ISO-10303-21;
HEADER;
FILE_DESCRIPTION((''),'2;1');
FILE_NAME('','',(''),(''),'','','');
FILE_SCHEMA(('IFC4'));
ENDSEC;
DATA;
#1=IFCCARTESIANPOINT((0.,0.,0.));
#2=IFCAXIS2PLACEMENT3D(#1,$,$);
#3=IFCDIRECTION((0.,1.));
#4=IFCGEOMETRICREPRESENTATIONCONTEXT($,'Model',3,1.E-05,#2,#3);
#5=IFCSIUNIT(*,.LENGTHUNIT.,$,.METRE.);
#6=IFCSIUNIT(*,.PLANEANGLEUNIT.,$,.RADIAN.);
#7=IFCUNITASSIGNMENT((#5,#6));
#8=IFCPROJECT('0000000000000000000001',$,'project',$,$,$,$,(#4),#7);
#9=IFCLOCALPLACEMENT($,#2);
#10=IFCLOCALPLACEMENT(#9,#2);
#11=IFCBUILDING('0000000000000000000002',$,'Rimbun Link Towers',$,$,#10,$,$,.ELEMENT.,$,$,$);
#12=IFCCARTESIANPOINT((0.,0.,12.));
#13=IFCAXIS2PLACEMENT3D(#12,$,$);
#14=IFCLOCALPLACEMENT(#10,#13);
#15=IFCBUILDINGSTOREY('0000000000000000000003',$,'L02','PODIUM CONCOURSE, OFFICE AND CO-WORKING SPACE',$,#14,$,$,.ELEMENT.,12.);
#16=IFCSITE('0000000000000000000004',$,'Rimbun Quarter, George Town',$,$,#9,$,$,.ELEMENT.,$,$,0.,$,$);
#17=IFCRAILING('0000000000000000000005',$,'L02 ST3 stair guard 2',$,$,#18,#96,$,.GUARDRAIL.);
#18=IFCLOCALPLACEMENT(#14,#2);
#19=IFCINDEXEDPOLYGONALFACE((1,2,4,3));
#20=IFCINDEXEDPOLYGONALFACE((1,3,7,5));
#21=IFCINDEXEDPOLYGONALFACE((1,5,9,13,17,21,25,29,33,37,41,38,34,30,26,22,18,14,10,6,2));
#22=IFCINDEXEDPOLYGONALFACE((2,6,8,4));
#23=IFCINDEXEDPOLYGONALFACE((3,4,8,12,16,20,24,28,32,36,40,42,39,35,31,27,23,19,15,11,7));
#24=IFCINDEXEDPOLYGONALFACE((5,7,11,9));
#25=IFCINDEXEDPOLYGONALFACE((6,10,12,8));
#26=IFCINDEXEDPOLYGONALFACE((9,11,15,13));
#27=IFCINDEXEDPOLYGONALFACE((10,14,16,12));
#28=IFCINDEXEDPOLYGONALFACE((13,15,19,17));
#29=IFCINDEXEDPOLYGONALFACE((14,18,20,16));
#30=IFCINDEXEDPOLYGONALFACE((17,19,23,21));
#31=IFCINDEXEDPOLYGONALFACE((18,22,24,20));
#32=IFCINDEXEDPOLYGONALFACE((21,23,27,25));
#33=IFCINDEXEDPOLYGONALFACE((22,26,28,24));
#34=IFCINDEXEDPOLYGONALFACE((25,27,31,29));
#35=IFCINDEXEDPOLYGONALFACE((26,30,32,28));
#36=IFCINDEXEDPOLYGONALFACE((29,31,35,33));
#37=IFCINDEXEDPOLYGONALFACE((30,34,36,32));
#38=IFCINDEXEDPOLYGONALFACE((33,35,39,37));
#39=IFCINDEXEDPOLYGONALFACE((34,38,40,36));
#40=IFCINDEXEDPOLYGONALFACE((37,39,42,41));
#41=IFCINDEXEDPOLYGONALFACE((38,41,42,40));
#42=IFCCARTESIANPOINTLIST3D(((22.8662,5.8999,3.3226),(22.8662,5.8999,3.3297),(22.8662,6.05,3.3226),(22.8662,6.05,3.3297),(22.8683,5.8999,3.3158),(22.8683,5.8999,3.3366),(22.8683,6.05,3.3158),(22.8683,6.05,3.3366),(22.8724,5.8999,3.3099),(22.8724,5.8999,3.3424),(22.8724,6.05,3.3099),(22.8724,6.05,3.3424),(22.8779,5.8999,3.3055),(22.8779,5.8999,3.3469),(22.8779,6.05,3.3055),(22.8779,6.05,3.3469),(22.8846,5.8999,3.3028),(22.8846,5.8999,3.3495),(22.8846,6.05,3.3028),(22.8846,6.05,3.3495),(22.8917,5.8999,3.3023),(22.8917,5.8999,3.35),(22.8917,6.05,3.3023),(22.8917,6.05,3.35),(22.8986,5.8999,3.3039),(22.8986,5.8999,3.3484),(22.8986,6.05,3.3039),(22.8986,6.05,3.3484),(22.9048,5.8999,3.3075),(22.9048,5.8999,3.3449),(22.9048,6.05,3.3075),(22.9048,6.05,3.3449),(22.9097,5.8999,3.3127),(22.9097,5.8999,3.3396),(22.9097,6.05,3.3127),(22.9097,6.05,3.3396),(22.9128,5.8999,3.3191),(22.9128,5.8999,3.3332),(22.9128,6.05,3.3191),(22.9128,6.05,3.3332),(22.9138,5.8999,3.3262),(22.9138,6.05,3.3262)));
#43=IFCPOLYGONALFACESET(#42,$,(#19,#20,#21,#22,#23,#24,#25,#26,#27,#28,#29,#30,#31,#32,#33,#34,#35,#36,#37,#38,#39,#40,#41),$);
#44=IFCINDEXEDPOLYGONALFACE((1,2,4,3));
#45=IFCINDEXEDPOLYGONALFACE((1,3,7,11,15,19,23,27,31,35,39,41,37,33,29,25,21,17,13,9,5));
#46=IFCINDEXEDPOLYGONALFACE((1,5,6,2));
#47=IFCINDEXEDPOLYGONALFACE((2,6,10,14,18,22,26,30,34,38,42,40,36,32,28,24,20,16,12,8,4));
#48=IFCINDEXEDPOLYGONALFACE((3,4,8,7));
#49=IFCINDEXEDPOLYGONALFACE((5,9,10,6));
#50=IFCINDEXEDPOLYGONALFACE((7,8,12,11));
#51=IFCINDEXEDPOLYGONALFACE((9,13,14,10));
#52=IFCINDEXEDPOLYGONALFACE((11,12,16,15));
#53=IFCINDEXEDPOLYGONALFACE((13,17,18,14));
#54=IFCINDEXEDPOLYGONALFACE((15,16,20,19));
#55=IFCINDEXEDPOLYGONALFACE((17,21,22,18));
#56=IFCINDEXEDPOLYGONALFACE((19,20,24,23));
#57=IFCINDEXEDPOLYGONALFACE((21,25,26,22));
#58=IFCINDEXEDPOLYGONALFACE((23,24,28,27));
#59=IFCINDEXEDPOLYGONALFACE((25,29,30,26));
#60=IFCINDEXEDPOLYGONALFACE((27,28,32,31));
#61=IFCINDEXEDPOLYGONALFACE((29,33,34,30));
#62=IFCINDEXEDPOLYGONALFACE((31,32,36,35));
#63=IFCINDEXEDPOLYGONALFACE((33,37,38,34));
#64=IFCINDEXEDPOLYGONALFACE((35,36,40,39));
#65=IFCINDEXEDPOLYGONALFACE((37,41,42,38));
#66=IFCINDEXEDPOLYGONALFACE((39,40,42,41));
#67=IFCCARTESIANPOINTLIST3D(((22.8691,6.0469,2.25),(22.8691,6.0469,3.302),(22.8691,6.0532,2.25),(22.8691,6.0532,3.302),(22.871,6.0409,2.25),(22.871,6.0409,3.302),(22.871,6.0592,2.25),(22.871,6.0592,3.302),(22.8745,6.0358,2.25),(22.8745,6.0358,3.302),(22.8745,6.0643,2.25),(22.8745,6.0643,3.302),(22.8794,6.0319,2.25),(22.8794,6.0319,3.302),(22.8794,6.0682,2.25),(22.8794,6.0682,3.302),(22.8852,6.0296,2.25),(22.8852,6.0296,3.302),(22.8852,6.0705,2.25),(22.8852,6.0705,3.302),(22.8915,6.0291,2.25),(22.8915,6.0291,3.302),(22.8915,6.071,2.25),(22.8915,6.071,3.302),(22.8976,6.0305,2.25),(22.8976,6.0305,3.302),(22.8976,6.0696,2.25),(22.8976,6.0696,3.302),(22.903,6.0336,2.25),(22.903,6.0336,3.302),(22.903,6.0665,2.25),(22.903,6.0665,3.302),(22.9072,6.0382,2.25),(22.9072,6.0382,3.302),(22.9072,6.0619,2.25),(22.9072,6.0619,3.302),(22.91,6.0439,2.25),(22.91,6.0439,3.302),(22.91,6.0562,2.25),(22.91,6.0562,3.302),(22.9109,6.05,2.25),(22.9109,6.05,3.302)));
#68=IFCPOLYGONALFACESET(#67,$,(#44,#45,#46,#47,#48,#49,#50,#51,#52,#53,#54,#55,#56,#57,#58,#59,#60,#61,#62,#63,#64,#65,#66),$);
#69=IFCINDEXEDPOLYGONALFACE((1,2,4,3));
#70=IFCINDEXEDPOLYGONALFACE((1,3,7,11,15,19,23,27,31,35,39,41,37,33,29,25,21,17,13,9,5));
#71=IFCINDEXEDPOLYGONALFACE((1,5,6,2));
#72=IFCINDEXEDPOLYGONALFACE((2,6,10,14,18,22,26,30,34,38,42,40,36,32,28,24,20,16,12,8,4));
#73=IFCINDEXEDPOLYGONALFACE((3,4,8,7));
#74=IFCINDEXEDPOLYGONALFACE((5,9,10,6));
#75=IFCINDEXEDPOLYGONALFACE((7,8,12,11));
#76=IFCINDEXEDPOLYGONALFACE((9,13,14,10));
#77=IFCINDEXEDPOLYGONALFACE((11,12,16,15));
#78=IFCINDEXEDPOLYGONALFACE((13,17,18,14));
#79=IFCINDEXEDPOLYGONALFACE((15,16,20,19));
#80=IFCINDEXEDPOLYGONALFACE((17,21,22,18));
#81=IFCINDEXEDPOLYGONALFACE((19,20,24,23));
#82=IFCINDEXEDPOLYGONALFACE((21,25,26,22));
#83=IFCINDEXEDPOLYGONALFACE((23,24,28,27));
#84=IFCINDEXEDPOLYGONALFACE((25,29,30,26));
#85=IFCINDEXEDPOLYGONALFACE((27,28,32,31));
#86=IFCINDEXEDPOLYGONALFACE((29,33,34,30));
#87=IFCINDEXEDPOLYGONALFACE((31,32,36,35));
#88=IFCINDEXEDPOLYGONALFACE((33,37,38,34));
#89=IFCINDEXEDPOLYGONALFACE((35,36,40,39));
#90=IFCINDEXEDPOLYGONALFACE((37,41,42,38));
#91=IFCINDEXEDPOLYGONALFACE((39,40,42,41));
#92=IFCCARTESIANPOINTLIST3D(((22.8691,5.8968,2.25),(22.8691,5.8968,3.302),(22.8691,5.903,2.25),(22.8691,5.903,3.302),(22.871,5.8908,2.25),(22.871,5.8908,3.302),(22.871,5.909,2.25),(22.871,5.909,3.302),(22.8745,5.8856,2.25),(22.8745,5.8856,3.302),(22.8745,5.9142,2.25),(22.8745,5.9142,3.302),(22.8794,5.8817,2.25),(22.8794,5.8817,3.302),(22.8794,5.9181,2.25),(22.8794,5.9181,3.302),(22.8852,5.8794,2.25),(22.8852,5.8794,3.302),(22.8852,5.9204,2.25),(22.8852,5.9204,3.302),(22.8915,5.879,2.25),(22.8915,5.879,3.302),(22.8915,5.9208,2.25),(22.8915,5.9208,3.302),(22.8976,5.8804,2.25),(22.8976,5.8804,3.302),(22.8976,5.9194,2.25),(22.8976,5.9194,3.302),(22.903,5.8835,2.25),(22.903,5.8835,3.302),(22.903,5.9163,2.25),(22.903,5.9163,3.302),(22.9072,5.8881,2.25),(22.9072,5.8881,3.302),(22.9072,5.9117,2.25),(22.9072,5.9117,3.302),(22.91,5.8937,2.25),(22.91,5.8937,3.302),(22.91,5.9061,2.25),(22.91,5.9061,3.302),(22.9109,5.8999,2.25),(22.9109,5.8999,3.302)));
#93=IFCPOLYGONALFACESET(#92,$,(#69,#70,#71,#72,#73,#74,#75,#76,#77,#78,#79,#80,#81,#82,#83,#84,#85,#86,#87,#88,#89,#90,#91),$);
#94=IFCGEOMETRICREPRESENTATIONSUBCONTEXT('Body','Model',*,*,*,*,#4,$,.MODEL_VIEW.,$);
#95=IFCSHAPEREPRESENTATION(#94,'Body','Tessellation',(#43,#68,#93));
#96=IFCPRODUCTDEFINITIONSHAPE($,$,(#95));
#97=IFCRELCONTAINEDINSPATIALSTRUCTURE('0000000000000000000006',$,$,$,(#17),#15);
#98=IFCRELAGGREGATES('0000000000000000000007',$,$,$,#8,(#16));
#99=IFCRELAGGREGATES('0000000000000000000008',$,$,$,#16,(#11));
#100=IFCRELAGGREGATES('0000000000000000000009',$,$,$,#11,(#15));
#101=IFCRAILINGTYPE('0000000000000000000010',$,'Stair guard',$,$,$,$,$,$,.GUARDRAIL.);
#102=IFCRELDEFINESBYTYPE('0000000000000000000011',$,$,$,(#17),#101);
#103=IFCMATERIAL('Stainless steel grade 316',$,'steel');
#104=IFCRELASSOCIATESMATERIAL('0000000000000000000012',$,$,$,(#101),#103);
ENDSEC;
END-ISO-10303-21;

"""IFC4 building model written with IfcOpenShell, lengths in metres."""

from ifc_helpers import new_model, si_unit, direction, frame, origin, origin_2d, place, context, subcontext, project, spatial, circle, extrude, material, type_object, element, save


model = new_model("IFC4")

# Units and contexts
model_context = context("Model", 3, precision=1e-05, world=origin(), true_north=direction((0.0, 1.0)))
body_context = subcontext(model_context, "Body", "Model", "MODEL_VIEW")
ifc_project = project(units=[si_unit("LENGTHUNIT", "METRE"), si_unit("PLANEANGLEUNIT", "RADIAN")], contexts=[model_context])

# Site, building, storey
site_placement = place(None, origin())
site = spatial("IfcSite", under=ifc_project, at=site_placement, Name="Rimbun Quarter, George Town", CompositionType="ELEMENT", RefElevation=0.0)
building_placement = place(site_placement, origin())
building = spatial("IfcBuilding", under=site, at=building_placement, Name="Rimbun Link Towers", CompositionType="ELEMENT")
storey_placement = place(building_placement, frame((0.0, 0.0, 12.0)))
storey = spatial("IfcBuildingStorey", under=building, at=storey_placement, Name="L02", Description="PODIUM CONCOURSE, OFFICE AND CO-WORKING SPACE", CompositionType="ELEMENT", Elevation=12.0)

# Railing
ifc_material_1 = material(Name="Stainless steel grade 316", Category="steel")
railing_type_1 = type_object("IfcRailingType", Name="Stair guard", PredefinedType="GUARDRAIL", material=ifc_material_1)
railing_1_placement = place(storey_placement, frame((22.8899, 6.05, 2.25)))
element("IfcRailing", 1, at=railing_1_placement, inside=storey, type_object=railing_type_1, Name="L02 ST3 stair guard 2", PredefinedType="GUARDRAIL", context=body_context, shape_type="SweptSolid", body=[
    extrude(circle(Radius=0.0239, at=origin_2d()), frame((0.0, 0.0, 1.0762), z_axis=(0.0, -1.0, 0.0), x_axis=(1.0, 0.0, 0.0)), (0.0, 0.0, 1.0), 0.1501),
    extrude(circle(Radius=0.021, at=origin_2d()), origin(), (0.0, 0.0, 1.0), 1.052),
    extrude(circle(Radius=0.021, at=origin_2d()), frame((0.0, -0.1501, 0.0)), (0.0, 0.0, 1.0), 1.052),
])

save(model, "model.ifc")
